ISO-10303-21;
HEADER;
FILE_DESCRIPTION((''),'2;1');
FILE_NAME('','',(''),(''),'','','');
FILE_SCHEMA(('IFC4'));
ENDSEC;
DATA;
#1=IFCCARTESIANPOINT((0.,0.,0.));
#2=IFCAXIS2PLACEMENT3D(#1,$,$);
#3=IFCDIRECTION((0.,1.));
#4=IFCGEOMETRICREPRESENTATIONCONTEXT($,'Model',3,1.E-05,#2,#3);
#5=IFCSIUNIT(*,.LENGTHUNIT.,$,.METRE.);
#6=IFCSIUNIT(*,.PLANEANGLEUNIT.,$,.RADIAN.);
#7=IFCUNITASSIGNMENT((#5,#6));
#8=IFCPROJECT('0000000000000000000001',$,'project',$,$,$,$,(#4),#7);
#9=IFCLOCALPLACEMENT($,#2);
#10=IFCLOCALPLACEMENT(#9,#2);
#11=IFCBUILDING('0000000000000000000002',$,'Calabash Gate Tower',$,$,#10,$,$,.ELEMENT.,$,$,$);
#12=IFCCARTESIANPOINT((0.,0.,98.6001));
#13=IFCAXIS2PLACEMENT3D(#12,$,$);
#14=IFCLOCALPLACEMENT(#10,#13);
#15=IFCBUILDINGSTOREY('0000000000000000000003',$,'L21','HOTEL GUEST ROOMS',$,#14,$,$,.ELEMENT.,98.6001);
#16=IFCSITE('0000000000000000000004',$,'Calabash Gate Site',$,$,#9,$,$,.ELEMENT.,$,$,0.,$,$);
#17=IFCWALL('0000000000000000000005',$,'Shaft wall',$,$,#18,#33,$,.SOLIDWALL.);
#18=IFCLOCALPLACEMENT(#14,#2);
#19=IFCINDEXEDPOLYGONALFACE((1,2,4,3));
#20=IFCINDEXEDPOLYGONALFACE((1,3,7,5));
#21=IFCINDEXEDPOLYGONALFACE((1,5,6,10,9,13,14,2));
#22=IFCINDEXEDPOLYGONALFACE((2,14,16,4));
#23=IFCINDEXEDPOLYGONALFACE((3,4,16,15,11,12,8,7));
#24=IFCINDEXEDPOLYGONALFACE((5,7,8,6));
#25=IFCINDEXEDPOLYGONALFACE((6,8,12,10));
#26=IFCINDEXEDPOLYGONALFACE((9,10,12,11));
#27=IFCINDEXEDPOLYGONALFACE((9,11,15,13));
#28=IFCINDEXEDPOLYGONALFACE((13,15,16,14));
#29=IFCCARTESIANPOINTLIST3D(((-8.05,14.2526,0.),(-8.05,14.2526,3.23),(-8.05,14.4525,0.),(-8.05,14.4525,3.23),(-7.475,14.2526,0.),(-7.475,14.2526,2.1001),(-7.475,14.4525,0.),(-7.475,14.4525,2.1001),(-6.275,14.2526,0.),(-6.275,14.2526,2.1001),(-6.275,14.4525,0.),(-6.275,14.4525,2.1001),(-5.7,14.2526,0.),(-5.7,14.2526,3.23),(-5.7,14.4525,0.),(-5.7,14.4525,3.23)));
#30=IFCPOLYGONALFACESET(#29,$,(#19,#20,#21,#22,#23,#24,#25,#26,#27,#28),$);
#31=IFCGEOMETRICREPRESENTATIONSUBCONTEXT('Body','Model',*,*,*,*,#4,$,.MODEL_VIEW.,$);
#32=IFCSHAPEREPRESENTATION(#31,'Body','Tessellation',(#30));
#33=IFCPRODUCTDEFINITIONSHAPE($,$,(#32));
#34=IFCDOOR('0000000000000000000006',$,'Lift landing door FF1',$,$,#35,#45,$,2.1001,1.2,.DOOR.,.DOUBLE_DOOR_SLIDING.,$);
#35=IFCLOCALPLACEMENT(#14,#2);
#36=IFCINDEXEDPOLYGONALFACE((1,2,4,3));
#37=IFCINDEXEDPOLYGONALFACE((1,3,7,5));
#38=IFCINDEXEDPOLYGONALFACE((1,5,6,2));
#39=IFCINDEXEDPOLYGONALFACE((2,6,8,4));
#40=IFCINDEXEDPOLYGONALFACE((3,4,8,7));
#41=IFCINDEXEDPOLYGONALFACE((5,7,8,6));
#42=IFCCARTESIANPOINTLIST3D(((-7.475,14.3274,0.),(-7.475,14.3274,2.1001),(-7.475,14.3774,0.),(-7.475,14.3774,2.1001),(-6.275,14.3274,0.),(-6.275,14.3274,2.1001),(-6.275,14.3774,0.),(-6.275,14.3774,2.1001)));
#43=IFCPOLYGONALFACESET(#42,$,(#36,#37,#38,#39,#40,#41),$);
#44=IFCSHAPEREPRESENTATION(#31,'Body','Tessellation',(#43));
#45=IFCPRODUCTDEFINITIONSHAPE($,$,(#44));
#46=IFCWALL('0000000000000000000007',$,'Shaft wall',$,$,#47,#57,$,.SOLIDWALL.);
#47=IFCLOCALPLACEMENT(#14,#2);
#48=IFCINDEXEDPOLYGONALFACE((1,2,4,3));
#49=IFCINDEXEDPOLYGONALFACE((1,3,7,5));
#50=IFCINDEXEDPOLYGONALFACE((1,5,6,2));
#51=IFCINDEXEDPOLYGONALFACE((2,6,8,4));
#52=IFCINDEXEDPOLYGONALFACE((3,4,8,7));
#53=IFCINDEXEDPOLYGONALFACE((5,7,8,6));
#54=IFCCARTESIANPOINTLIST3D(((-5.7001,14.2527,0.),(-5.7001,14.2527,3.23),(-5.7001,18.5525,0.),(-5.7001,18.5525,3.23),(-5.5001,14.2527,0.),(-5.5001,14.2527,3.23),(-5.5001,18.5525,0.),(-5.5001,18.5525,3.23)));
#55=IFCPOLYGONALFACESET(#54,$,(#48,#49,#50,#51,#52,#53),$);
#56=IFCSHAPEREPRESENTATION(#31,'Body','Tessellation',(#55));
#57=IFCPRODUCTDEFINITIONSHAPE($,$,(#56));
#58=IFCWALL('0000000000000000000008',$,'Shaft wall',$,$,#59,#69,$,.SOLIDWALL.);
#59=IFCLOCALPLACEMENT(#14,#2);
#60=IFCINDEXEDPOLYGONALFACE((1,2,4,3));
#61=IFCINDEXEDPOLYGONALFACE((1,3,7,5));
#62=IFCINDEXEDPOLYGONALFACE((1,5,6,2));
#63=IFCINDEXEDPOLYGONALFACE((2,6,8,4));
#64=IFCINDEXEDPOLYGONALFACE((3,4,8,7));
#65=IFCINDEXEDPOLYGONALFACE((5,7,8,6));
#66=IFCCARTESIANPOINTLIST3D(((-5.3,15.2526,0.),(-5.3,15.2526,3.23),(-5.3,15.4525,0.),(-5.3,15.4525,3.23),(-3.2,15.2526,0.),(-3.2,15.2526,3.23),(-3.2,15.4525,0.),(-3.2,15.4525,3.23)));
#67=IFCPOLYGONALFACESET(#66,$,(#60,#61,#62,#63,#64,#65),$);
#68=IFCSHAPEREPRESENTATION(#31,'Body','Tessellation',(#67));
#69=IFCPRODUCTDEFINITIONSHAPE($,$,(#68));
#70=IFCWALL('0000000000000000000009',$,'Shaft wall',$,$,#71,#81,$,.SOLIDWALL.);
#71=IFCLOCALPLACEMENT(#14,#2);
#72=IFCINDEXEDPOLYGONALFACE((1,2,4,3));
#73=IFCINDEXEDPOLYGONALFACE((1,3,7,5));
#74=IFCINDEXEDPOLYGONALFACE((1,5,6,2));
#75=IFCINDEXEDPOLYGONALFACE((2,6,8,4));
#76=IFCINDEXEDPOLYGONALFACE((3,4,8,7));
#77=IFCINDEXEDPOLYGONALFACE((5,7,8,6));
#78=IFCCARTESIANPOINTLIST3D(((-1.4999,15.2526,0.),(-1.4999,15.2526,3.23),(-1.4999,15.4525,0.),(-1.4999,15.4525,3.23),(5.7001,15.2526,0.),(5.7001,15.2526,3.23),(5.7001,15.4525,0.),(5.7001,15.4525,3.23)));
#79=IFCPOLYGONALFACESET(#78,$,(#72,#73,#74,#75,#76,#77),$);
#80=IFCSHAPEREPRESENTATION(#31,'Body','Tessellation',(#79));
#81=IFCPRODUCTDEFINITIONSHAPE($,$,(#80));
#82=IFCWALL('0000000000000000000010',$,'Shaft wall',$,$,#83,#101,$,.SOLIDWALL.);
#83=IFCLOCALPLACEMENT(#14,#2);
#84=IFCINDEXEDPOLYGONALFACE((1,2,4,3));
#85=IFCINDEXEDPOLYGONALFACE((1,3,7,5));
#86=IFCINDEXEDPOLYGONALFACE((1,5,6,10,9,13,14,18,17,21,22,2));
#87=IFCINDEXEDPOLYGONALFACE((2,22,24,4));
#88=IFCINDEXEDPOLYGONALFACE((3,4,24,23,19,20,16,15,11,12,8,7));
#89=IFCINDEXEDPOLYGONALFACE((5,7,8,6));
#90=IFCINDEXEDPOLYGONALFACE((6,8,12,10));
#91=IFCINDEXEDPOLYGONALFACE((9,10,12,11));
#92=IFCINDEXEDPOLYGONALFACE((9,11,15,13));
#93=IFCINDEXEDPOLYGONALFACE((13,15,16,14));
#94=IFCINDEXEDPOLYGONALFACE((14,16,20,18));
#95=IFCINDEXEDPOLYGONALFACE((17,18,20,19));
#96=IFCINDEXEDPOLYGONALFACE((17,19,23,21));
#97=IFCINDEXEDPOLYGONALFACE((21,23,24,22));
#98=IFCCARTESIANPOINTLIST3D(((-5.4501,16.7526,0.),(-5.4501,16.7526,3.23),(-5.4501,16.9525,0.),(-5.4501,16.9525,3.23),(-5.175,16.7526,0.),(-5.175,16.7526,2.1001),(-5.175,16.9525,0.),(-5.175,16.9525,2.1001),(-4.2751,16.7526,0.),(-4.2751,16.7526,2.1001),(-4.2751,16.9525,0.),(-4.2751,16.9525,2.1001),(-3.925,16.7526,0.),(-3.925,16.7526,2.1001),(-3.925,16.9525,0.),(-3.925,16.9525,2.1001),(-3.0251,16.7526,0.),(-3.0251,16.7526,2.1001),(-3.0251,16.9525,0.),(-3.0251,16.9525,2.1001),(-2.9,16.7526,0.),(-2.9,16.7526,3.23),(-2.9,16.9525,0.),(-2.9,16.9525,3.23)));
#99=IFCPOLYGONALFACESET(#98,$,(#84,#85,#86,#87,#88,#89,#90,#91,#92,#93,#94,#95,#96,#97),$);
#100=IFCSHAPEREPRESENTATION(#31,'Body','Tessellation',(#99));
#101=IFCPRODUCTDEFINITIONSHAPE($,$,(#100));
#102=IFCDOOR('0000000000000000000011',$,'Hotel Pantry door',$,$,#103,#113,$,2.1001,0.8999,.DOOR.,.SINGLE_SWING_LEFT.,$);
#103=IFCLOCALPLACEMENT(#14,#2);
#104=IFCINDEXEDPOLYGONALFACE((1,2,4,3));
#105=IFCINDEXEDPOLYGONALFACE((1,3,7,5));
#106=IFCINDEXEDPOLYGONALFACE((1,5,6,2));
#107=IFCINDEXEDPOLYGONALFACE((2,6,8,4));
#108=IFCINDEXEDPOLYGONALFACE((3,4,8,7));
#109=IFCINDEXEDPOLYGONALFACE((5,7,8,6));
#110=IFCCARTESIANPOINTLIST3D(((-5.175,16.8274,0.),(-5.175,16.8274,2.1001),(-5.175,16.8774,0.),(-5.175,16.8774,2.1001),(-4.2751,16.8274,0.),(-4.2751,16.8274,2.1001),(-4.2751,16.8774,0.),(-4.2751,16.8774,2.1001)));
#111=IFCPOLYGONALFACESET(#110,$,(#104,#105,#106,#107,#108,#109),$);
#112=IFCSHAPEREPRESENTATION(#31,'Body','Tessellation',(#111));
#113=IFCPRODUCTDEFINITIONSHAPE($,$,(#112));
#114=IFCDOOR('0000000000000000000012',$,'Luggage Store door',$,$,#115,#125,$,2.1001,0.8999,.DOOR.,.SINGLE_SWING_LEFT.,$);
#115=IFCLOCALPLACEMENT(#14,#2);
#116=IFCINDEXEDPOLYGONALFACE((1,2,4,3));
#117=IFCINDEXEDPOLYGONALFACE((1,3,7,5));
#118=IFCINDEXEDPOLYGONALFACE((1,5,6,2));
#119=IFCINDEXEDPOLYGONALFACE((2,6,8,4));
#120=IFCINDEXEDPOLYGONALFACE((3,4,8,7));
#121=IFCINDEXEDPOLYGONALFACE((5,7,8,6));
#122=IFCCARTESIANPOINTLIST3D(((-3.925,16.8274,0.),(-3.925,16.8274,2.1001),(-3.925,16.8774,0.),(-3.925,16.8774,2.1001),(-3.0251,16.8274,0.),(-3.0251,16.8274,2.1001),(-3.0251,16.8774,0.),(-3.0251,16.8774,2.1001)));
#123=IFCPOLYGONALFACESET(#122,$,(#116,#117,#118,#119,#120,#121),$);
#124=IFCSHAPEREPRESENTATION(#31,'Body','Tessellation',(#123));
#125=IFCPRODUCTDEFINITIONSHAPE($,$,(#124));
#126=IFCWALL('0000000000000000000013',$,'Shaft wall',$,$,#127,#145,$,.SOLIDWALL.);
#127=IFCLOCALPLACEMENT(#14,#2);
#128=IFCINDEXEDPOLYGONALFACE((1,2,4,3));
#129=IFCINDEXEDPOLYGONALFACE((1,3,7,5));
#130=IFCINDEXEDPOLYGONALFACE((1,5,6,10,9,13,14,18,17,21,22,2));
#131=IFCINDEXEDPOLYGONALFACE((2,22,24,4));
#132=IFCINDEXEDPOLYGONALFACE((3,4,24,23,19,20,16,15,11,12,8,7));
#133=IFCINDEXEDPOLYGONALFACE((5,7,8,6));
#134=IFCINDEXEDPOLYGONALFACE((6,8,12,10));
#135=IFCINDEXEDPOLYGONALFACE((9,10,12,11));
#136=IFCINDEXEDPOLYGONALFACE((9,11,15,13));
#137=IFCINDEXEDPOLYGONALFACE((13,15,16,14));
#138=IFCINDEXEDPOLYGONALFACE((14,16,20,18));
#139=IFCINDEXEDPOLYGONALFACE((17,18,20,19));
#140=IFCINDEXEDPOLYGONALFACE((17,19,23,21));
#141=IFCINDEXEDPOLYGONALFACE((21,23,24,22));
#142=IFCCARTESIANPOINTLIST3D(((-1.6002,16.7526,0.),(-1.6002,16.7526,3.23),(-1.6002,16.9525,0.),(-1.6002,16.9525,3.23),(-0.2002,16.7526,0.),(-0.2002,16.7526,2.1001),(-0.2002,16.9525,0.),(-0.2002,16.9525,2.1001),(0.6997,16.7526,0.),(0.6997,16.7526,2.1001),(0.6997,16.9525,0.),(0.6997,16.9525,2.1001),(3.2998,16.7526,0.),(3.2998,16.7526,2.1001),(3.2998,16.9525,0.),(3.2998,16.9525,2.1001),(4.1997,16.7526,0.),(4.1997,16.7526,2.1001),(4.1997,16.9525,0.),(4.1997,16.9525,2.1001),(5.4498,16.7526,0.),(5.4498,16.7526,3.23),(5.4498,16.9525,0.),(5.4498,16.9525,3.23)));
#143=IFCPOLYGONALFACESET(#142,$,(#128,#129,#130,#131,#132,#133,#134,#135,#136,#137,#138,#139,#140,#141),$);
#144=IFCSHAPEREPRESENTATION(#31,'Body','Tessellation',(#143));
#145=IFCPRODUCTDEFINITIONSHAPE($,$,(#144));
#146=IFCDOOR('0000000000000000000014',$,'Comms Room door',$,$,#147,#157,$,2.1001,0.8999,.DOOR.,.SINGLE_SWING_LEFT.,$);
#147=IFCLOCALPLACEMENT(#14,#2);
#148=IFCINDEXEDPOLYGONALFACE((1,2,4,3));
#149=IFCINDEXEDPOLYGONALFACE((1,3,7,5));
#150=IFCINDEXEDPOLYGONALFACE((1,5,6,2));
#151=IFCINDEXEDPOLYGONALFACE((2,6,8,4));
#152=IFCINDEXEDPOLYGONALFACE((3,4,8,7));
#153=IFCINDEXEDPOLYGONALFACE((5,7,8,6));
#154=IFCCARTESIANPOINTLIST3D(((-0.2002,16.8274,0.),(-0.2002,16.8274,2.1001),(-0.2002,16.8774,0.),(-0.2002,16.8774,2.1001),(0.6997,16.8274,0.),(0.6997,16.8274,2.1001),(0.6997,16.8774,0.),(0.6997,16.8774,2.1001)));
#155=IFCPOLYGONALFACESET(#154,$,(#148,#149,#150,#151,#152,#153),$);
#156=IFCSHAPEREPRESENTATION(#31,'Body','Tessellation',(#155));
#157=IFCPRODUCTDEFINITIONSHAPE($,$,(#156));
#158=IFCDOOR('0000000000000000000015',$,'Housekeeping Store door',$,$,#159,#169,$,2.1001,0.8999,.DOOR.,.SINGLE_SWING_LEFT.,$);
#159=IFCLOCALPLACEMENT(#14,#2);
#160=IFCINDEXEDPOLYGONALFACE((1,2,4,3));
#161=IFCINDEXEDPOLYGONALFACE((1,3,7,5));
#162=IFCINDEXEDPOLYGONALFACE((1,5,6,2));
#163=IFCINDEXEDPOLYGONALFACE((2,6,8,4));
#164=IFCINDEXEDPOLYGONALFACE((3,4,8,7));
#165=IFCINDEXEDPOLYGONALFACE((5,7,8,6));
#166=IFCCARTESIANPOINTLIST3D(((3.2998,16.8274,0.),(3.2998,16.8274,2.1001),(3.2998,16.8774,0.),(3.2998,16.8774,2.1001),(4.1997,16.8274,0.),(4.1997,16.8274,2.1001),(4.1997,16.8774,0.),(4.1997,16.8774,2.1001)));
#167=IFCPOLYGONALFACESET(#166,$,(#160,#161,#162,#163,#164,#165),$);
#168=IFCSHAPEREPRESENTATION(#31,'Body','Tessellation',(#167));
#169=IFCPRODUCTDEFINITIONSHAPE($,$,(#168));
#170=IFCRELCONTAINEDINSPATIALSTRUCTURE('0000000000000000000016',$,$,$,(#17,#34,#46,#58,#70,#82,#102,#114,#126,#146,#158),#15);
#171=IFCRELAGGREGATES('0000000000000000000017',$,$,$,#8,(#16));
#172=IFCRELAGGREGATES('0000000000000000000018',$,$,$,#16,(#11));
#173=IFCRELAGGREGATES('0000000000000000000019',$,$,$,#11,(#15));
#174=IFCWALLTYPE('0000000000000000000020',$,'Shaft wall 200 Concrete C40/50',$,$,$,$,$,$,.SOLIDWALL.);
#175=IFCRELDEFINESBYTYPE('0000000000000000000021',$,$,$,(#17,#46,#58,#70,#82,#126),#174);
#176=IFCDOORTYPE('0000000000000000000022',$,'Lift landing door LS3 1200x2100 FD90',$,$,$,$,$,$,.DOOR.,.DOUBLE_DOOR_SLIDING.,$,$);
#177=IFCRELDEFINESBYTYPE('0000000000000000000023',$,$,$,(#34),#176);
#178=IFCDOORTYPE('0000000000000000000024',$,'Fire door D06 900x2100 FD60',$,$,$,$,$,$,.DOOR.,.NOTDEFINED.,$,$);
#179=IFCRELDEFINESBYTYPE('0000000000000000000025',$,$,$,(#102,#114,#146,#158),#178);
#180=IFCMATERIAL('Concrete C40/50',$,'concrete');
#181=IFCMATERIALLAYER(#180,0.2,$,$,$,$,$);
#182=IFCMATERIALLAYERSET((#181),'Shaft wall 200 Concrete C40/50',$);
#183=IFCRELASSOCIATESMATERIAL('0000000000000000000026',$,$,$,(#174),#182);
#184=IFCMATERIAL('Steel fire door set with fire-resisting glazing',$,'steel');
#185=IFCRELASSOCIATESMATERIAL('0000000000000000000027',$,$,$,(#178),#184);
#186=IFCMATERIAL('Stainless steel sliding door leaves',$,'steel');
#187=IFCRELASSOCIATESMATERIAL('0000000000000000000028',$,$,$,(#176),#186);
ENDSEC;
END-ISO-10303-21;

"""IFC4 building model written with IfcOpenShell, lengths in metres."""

from ifc_helpers import new_model, si_unit, direction, frame, frame_2d, origin, place, context, subcontext, project, spatial, rectangle, extrude, material, layer, layer_set, type_object, element, fill, save


model = new_model("IFC4")

# Units and contexts
model_context = context("Model", 3, precision=1e-05, world=origin(), true_north=direction((0.0, 1.0)))
body_context = subcontext(model_context, "Body", "Model", "MODEL_VIEW")
ifc_project = project(units=[si_unit("LENGTHUNIT", "METRE"), si_unit("PLANEANGLEUNIT", "RADIAN")], contexts=[model_context])

# Site, building, storey
site_placement = place(None, origin())
site = spatial("IfcSite", under=ifc_project, at=site_placement, Name="Calabash Gate Site", CompositionType="ELEMENT", RefElevation=0.0)
building_placement = place(site_placement, origin())
building = spatial("IfcBuilding", under=site, at=building_placement, Name="Calabash Gate Tower", CompositionType="ELEMENT")
storey_placement = place(building_placement, frame((0.0, 0.0, 98.6001)))
storey = spatial("IfcBuildingStorey", under=building, at=storey_placement, Name="L21", Description="HOTEL GUEST ROOMS", CompositionType="ELEMENT", Elevation=98.6001)

# Shared definitions
ifc_material_1 = material(Name="Concrete C40/50", Category="concrete")
ifc_layer_1 = layer(ifc_material_1, 0.2)
ifc_layer_set_1 = layer_set([ifc_layer_1], Name="Shaft wall 200 Concrete C40/50")
wall_type_1 = type_object("IfcWallType", Name="Shaft wall 200 Concrete C40/50", PredefinedType="SOLIDWALL", material=ifc_layer_set_1)
ifc_material_2 = material(Name="Steel fire door set with fire-resisting glazing", Category="steel")
door_type_1 = type_object("IfcDoorType", Name="Fire door D06 900x2100 FD60", OperationType="NOTDEFINED", PredefinedType="DOOR", material=ifc_material_2)

# Wall, opening, door
wall_1_placement = place(storey_placement, frame((-8.05, 14.3525, 0.0), z_axis=(0.0, 0.0, 1.0), x_axis=(1.0, 0.0, 0.0)))
wall_1 = element("IfcWall", 1, at=wall_1_placement, inside=storey, type_object=wall_type_1, Name="Shaft wall", PredefinedType="SOLIDWALL", context=body_context, shape_type="SweptSolid", body=[
    extrude(rectangle(XDim=2.3501, YDim=0.2, at=frame_2d((1.175, 0.0))), origin(), (0.0, 0.0, 1.0), 3.23),
])
opening_1_placement = place(wall_1_placement, frame((0.575, 0.0, 0.0)))
opening_1 = element("IfcOpeningElement", 2, at=opening_1_placement, cuts=wall_1, PredefinedType="OPENING", context=body_context, shape_type="SweptSolid", body=[
    extrude(rectangle(XDim=1.2, YDim=2.1001, at=frame_2d((0.6001, 1.05))), frame((0.0, 0.1099, 0.0), z_axis=(0.0, -1.0, 0.0), x_axis=(1.0, 0.0, 0.0)), (0.0, 0.0, 1.0), 0.22),
])
ifc_material_3 = material(Name="Stainless steel sliding door leaves", Category="steel")
door_type_2 = type_object("IfcDoorType", Name="Lift landing door LS3 1200x2100 FD90", OperationType="DOUBLE_DOOR_SLIDING", PredefinedType="DOOR", material=ifc_material_3)
door_1_placement = place(opening_1_placement, origin())
door_1 = element("IfcDoor", 3, at=door_1_placement, inside=storey, type_object=door_type_2, Name="Lift landing door FF1", OperationType="DOUBLE_DOOR_SLIDING", OverallHeight=2.1001, OverallWidth=1.2, PredefinedType="DOOR", context=body_context, shape_type="SweptSolid", body=[
    extrude(rectangle(XDim=1.2, YDim=2.1001, at=frame_2d((0.6001, 1.05))), frame((0.0, 0.0249, 0.0), z_axis=(0.0, -1.0, 0.0), x_axis=(1.0, 0.0, 0.0)), (0.0, 0.0, 1.0), 0.05),
])
fill(opening_1, door_1)

# Walls
wall_2_placement = place(storey_placement, frame((-5.6001, 14.2527, 0.0), z_axis=(0.0, 0.0, 1.0), x_axis=(0.0, 1.0, 0.0)))
element("IfcWall", 4, at=wall_2_placement, inside=storey, type_object=wall_type_1, Name="Shaft wall", PredefinedType="SOLIDWALL", context=body_context, shape_type="SweptSolid", body=[
    extrude(rectangle(XDim=4.2998, YDim=0.2, at=frame_2d((2.1499, 0.0))), origin(), (0.0, 0.0, 1.0), 3.23),
])
wall_3_placement = place(storey_placement, frame((-5.3, 15.3525, 0.0), z_axis=(0.0, 0.0, 1.0), x_axis=(1.0, 0.0, 0.0)))
element("IfcWall", 5, at=wall_3_placement, inside=storey, type_object=wall_type_1, Name="Shaft wall", PredefinedType="SOLIDWALL", context=body_context, shape_type="SweptSolid", body=[
    extrude(rectangle(XDim=2.1001, YDim=0.2, at=frame_2d((1.05, 0.0))), origin(), (0.0, 0.0, 1.0), 3.23),
])
wall_4_placement = place(storey_placement, frame((-1.5, 15.3525, 0.0), z_axis=(0.0, 0.0, 1.0), x_axis=(1.0, 0.0, 0.0)))
element("IfcWall", 6, at=wall_4_placement, inside=storey, type_object=wall_type_1, Name="Shaft wall", PredefinedType="SOLIDWALL", context=body_context, shape_type="SweptSolid", body=[
    extrude(rectangle(XDim=7.2, YDim=0.2, at=frame_2d((3.6001, 0.0))), origin(), (0.0, 0.0, 1.0), 3.23),
])

# Walls, openings, doors
wall_5_placement = place(storey_placement, frame((-5.45, 16.8525, 0.0), z_axis=(0.0, 0.0, 1.0), x_axis=(1.0, 0.0, 0.0)))
wall_5 = element("IfcWall", 7, at=wall_5_placement, inside=storey, type_object=wall_type_1, Name="Shaft wall", PredefinedType="SOLIDWALL", context=body_context, shape_type="SweptSolid", body=[
    extrude(rectangle(XDim=2.55, YDim=0.2, at=frame_2d((1.2749, 0.0))), origin(), (0.0, 0.0, 1.0), 3.23),
])
opening_2_placement = place(wall_5_placement, frame((0.2749, 0.0, 0.0)))
opening_2 = element("IfcOpeningElement", 8, at=opening_2_placement, cuts=wall_5, PredefinedType="OPENING", context=body_context, shape_type="SweptSolid", body=[
    extrude(rectangle(XDim=0.8999, YDim=2.1001, at=frame_2d((0.45, 1.05))), frame((0.0, 0.1099, 0.0), z_axis=(0.0, -1.0, 0.0), x_axis=(1.0, 0.0, 0.0)), (0.0, 0.0, 1.0), 0.22),
])
opening_3_placement = place(wall_5_placement, frame((1.5249, 0.0, 0.0)))
opening_3 = element("IfcOpeningElement", 9, at=opening_3_placement, cuts=wall_5, PredefinedType="OPENING", context=body_context, shape_type="SweptSolid", body=[
    extrude(rectangle(XDim=0.8999, YDim=2.1001, at=frame_2d((0.45, 1.05))), frame((0.0, 0.1099, 0.0), z_axis=(0.0, -1.0, 0.0), x_axis=(1.0, 0.0, 0.0)), (0.0, 0.0, 1.0), 0.22),
])
door_2_placement = place(opening_2_placement, origin())
door_2 = element("IfcDoor", 10, at=door_2_placement, inside=storey, type_object=door_type_1, Name="Hotel Pantry door", OperationType="SINGLE_SWING_LEFT", OverallHeight=2.1001, OverallWidth=0.8999, PredefinedType="DOOR", context=body_context, shape_type="SweptSolid", body=[
    extrude(rectangle(XDim=0.8999, YDim=2.1001, at=frame_2d((0.45, 1.05))), frame((0.0, 0.0249, 0.0), z_axis=(0.0, -1.0, 0.0), x_axis=(1.0, 0.0, 0.0)), (0.0, 0.0, 1.0), 0.05),
])
fill(opening_2, door_2)
door_3_placement = place(opening_3_placement, origin())
door_3 = element("IfcDoor", 11, at=door_3_placement, inside=storey, type_object=door_type_1, Name="Luggage Store door", OperationType="SINGLE_SWING_LEFT", OverallHeight=2.1001, OverallWidth=0.8999, PredefinedType="DOOR", context=body_context, shape_type="SweptSolid", body=[
    extrude(rectangle(XDim=0.8999, YDim=2.1001, at=frame_2d((0.45, 1.05))), frame((0.0, 0.0249, 0.0), z_axis=(0.0, -1.0, 0.0), x_axis=(1.0, 0.0, 0.0)), (0.0, 0.0, 1.0), 0.05),
])
fill(opening_3, door_3)
wall_6_placement = place(storey_placement, frame((-1.6001, 16.8525, 0.0), z_axis=(0.0, 0.0, 1.0), x_axis=(1.0, 0.0, 0.0)))
wall_6 = element("IfcWall", 12, at=wall_6_placement, inside=storey, type_object=wall_type_1, Name="Shaft wall", PredefinedType="SOLIDWALL", context=body_context, shape_type="SweptSolid", body=[
    extrude(rectangle(XDim=7.05, YDim=0.2, at=frame_2d((3.5249, 0.0))), origin(), (0.0, 0.0, 1.0), 3.23),
])
opening_4_placement = place(wall_6_placement, frame((1.3999, 0.0, 0.0)))
opening_4 = element("IfcOpeningElement", 13, at=opening_4_placement, cuts=wall_6, PredefinedType="OPENING", context=body_context, shape_type="SweptSolid", body=[
    extrude(rectangle(XDim=0.8999, YDim=2.1001, at=frame_2d((0.45, 1.05))), frame((0.0, 0.1099, 0.0), z_axis=(0.0, -1.0, 0.0), x_axis=(1.0, 0.0, 0.0)), (0.0, 0.0, 1.0), 0.22),
])
opening_5_placement = place(wall_6_placement, frame((4.8999, 0.0, 0.0)))
opening_5 = element("IfcOpeningElement", 14, at=opening_5_placement, cuts=wall_6, PredefinedType="OPENING", context=body_context, shape_type="SweptSolid", body=[
    extrude(rectangle(XDim=0.8999, YDim=2.1001, at=frame_2d((0.45, 1.05))), frame((0.0, 0.1099, 0.0), z_axis=(0.0, -1.0, 0.0), x_axis=(1.0, 0.0, 0.0)), (0.0, 0.0, 1.0), 0.22),
])
door_4_placement = place(opening_4_placement, origin())
door_4 = element("IfcDoor", 15, at=door_4_placement, inside=storey, type_object=door_type_1, Name="Comms Room door", OperationType="SINGLE_SWING_LEFT", OverallHeight=2.1001, OverallWidth=0.8999, PredefinedType="DOOR", context=body_context, shape_type="SweptSolid", body=[
    extrude(rectangle(XDim=0.8999, YDim=2.1001, at=frame_2d((0.45, 1.05))), frame((0.0, 0.0249, 0.0), z_axis=(0.0, -1.0, 0.0), x_axis=(1.0, 0.0, 0.0)), (0.0, 0.0, 1.0), 0.05),
])
fill(opening_4, door_4)
door_5_placement = place(opening_5_placement, origin())
door_5 = element("IfcDoor", 16, at=door_5_placement, inside=storey, type_object=door_type_1, Name="Housekeeping Store door", OperationType="SINGLE_SWING_LEFT", OverallHeight=2.1001, OverallWidth=0.8999, PredefinedType="DOOR", context=body_context, shape_type="SweptSolid", body=[
    extrude(rectangle(XDim=0.8999, YDim=2.1001, at=frame_2d((0.45, 1.05))), frame((0.0, 0.0249, 0.0), z_axis=(0.0, -1.0, 0.0), x_axis=(1.0, 0.0, 0.0)), (0.0, 0.0, 1.0), 0.05),
])
fill(opening_5, door_5)

save(model, "model.ifc")
